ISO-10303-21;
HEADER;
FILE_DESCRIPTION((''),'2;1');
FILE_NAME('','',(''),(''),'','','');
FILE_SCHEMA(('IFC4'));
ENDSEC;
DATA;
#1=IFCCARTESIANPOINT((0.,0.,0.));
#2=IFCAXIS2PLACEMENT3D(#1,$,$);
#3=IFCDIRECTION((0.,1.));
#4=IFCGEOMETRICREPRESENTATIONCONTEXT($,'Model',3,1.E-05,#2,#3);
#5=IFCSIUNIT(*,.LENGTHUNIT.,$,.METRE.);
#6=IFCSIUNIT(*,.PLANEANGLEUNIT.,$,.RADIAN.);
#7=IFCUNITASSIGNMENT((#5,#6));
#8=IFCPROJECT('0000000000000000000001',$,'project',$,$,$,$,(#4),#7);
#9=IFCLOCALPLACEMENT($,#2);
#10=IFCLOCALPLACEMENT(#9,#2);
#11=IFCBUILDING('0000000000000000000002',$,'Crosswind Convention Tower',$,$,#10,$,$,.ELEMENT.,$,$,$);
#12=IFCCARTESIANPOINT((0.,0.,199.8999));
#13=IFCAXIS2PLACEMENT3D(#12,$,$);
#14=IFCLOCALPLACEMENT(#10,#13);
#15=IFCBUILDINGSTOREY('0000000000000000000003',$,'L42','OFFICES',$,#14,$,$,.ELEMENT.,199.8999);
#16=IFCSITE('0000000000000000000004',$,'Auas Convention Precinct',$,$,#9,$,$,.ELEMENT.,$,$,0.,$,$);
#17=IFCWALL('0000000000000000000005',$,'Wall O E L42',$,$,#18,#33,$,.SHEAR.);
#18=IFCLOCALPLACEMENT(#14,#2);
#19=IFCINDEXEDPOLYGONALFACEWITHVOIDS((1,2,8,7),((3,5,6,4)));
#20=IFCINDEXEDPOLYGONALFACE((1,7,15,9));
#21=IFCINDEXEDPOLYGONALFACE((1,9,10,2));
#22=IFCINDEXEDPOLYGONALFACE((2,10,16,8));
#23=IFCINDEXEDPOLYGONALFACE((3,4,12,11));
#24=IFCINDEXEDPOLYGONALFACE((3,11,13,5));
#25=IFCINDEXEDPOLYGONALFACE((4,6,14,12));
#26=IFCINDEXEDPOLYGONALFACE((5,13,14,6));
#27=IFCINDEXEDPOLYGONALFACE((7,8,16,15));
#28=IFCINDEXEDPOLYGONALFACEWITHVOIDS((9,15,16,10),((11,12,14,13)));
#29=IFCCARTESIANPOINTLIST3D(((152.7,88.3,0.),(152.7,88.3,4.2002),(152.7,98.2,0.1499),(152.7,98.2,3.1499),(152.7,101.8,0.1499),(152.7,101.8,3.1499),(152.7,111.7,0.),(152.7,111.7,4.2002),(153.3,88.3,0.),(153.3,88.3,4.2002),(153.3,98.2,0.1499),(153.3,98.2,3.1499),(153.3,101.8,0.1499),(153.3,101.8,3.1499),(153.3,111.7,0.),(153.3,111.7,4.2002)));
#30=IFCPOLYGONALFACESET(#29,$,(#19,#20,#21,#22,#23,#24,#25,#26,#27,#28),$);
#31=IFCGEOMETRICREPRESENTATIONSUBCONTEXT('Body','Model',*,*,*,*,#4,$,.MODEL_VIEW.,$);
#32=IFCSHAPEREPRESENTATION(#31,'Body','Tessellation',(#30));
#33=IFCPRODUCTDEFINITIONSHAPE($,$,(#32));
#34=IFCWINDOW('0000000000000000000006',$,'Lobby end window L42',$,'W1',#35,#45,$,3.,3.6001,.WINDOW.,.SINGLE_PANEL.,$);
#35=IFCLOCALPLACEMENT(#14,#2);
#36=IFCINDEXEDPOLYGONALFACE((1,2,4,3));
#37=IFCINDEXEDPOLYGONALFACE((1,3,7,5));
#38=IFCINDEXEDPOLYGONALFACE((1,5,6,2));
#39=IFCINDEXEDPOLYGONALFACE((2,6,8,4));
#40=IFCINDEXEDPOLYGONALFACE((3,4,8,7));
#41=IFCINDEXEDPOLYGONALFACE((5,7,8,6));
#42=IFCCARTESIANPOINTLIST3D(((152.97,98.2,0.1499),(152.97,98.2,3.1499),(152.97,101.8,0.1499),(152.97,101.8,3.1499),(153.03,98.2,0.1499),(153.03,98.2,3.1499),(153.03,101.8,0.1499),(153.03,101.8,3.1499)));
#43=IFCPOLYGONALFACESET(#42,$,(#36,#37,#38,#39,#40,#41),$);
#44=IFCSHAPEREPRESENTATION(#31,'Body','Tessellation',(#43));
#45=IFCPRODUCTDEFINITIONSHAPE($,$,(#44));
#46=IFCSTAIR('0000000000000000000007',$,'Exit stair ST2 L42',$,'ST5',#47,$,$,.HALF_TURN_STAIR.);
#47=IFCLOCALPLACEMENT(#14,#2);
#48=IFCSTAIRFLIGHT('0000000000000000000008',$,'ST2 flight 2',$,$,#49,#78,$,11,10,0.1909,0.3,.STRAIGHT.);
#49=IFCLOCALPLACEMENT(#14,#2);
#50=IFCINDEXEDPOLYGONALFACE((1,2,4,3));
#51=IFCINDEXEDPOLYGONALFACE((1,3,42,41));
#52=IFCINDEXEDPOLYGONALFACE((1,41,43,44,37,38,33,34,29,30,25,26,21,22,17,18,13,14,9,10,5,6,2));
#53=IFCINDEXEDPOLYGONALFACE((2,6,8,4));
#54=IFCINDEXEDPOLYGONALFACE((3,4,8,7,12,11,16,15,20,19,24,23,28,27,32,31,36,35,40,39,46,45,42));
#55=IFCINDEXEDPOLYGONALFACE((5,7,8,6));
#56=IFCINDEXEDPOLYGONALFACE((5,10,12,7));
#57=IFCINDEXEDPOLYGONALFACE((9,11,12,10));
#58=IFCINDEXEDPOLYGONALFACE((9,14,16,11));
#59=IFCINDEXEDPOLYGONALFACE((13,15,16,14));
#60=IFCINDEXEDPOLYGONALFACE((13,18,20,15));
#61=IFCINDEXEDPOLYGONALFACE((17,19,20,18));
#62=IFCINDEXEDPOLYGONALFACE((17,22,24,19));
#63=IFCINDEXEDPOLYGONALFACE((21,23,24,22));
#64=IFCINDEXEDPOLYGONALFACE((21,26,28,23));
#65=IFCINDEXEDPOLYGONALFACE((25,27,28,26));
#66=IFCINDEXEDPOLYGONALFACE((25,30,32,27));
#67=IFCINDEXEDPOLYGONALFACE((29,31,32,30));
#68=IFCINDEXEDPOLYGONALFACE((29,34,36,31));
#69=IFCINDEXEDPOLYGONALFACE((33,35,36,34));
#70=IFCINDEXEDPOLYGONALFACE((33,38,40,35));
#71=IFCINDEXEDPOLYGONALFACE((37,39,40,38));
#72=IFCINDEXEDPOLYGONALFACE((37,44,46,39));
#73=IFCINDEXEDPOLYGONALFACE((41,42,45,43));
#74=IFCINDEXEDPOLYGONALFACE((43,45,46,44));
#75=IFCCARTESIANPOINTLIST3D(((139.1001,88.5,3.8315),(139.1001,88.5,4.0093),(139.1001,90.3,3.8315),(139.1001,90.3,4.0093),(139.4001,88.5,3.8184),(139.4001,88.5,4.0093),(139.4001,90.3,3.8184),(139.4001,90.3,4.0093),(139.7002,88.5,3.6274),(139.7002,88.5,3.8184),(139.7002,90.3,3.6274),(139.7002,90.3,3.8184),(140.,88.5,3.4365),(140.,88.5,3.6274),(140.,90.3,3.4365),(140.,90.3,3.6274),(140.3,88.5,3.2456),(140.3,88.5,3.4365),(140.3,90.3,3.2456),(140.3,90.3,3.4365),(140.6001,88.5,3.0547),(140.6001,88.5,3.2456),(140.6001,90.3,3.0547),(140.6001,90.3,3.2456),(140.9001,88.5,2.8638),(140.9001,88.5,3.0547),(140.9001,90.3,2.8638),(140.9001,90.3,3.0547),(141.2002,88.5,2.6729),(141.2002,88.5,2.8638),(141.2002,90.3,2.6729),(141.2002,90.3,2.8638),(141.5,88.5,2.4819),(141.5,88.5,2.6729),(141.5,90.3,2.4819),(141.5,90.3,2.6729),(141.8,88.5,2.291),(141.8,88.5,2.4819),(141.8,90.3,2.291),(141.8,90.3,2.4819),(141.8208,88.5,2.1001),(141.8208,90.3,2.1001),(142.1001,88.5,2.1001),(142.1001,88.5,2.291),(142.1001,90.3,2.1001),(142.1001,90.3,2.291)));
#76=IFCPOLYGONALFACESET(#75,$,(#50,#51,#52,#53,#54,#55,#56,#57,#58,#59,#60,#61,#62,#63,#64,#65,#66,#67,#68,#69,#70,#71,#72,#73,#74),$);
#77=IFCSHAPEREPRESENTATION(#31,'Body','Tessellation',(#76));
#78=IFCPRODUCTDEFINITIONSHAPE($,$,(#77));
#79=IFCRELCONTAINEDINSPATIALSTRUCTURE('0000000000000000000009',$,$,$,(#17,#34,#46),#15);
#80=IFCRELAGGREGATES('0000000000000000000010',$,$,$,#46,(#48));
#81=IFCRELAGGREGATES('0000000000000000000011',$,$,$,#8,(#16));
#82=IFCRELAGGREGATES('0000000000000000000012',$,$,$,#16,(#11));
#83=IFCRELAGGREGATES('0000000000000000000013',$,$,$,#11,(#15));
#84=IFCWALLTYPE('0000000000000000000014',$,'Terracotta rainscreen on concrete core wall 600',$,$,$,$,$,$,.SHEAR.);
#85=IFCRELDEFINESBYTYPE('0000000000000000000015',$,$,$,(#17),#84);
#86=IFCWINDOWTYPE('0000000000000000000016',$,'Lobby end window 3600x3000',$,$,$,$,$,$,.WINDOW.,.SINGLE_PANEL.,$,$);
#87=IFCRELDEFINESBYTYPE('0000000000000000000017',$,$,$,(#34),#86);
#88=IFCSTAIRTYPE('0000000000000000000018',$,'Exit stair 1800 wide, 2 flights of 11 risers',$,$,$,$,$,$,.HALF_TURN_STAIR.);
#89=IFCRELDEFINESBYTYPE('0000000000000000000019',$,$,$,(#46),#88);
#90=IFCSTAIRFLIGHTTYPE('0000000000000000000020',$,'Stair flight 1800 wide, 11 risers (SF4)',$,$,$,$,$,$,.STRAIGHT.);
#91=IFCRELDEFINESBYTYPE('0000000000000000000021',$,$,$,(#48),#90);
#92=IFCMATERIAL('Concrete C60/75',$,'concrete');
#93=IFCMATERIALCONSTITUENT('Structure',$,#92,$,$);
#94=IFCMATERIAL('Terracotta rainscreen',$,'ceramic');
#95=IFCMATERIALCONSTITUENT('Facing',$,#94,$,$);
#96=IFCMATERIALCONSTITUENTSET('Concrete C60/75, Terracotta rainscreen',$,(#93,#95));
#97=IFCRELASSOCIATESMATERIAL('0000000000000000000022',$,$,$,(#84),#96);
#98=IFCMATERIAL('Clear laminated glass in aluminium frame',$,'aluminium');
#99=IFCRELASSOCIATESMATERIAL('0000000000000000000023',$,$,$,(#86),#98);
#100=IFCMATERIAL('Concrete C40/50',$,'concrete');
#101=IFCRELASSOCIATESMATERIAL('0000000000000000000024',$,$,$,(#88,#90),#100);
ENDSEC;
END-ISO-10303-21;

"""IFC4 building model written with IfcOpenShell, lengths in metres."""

from ifc_helpers import new_model, si_unit, direction, frame, frame_2d, origin, place, context, subcontext, project, spatial, polyline, rectangle, outline, extrude, material, constituent, constituent_set, type_object, element, fill, aggregate, save


model = new_model("IFC4")

# Units and contexts
model_context = context("Model", 3, precision=1e-05, world=origin(), true_north=direction((0.0, 1.0)))
body_context = subcontext(model_context, "Body", "Model", "MODEL_VIEW")
ifc_project = project(units=[si_unit("LENGTHUNIT", "METRE"), si_unit("PLANEANGLEUNIT", "RADIAN")], contexts=[model_context])

# Site, building, storey
site_placement = place(None, origin())
site = spatial("IfcSite", under=ifc_project, at=site_placement, Name="Auas Convention Precinct", CompositionType="ELEMENT", RefElevation=0.0)
building_placement = place(site_placement, origin())
building = spatial("IfcBuilding", under=site, at=building_placement, Name="Crosswind Convention Tower", CompositionType="ELEMENT")
storey_placement = place(building_placement, frame((0.0, 0.0, 199.8999)))
storey = spatial("IfcBuildingStorey", under=building, at=storey_placement, Name="L42", Description="OFFICES", CompositionType="ELEMENT", Elevation=199.8999)

# Wall, opening, window
ifc_material_1 = material(Name="Concrete C60/75", Category="concrete")
ifc_constituent_1 = constituent(ifc_material_1, Name="Structure")
ifc_material_2 = material(Name="Terracotta rainscreen", Category="ceramic")
ifc_constituent_2 = constituent(ifc_material_2, Name="Facing")
ifc_constituent_set = constituent_set(constituents=[ifc_constituent_1, ifc_constituent_2], Name="Concrete C60/75, Terracotta rainscreen")
wall_type_1 = type_object("IfcWallType", Name="Terracotta rainscreen on concrete core wall 600", PredefinedType="SHEAR", material=ifc_constituent_set)
wall_1_placement = place(storey_placement, frame((153.0, 88.3, 0.0), z_axis=(0.0, 0.0, 1.0), x_axis=(0.0, 1.0, 0.0)))
wall_1 = element("IfcWall", 1, at=wall_1_placement, inside=storey, type_object=wall_type_1, Name="Wall O E L42", PredefinedType="SHEAR", context=body_context, shape_type="SweptSolid", body=[
    extrude(rectangle(XDim=23.3999, YDim=0.6001, at=frame_2d((11.7, 0.0))), origin(), (0.0, 0.0, 1.0), 4.2002),
])
opening_1_placement = place(wall_1_placement, frame((9.8999, 0.0, 0.1499)))
opening_1 = element("IfcOpeningElement", 2, at=opening_1_placement, cuts=wall_1, PredefinedType="OPENING", context=body_context, shape_type="SweptSolid", body=[
    extrude(rectangle(XDim=3.6001, YDim=3.0, at=frame_2d((1.8, 1.5))), frame((0.0, 0.3101, 0.0), z_axis=(0.0, -1.0, 0.0), x_axis=(1.0, 0.0, 0.0)), (0.0, 0.0, 1.0), 0.6201),
])
ifc_material_3 = material(Name="Clear laminated glass in aluminium frame", Category="aluminium")
window_type = type_object("IfcWindowType", Name="Lobby end window 3600x3000", PartitioningType="SINGLE_PANEL", PredefinedType="WINDOW", material=ifc_material_3)
window_placement = place(opening_1_placement, origin())
window = element("IfcWindow", 3, at=window_placement, inside=storey, type_object=window_type, Name="Lobby end window L42", ObjectType="W1", OverallHeight=3.0, OverallWidth=3.6001, PartitioningType="SINGLE_PANEL", PredefinedType="WINDOW", context=body_context, shape_type="SweptSolid", body=[
    extrude(rectangle(XDim=3.6001, YDim=3.0, at=frame_2d((1.8, 1.5))), frame((0.0, 0.03, 0.0), z_axis=(0.0, -1.0, 0.0), x_axis=(1.0, 0.0, 0.0)), (0.0, 0.0, 1.0), 0.0601),
])
fill(opening_1, window)

# Stair, stair flight
ifc_material_4 = material(Name="Concrete C40/50", Category="concrete")
stair_type = type_object("IfcStairType", Name="Exit stair 1800 wide, 2 flights of 11 risers", PredefinedType="HALF_TURN_STAIR", material=ifc_material_4)
stair_placement = place(storey_placement, origin())
stair = element("IfcStair", 4, at=stair_placement, inside=storey, type_object=stair_type, Name="Exit stair ST2 L42", ObjectType="ST5", PredefinedType="HALF_TURN_STAIR")
stair_flight_type = type_object("IfcStairFlightType", Name="Stair flight 1800 wide, 11 risers (SF4)", PredefinedType="STRAIGHT", material=ifc_material_4)
stair_flight_placement = place(storey_placement, frame((142.1001, 89.3999, 2.1001), z_axis=(0.0, 0.0, 1.0), x_axis=(-1.0, 0.0, 0.0)))
stair_flight = element("IfcStairFlight", 5, at=stair_flight_placement, type_object=stair_flight_type, Name="ST2 flight 2", NumberOfRisers=11, NumberOfTreads=10, PredefinedType="STRAIGHT", RiserHeight=0.1909, TreadLength=0.3, context=body_context, shape_type="SweptSolid", body=[
    extrude(outline(polyline([(0.0, 0.0), (0.0, 0.1909), (0.3, 0.1909), (0.3, 0.3818), (0.6001, 0.3818), (0.6001, 0.5728), (0.8999, 0.5728), (0.8999, 0.7637), (1.2, 0.7637), (1.2, 0.9546), (1.5, 0.9546), (1.5, 1.1455), (1.8, 1.1455), (1.8, 1.3364), (2.1001, 1.3364), (2.1001, 1.5273), (2.3999, 1.5273), (2.3999, 1.7183), (2.7, 1.7183), (2.7, 1.9092), (3.0, 1.9092), (3.0, 2.1001), (3.0, 1.7314), (0.2793, 0.0), (0.0, 0.0)])), frame((0.0, 0.8999, 0.0), z_axis=(0.0, -1.0, 0.0), x_axis=(1.0, 0.0, 0.0)), (0.0, 0.0, 1.0), 1.8),
])
aggregate(stair, [stair_flight])

save(model, "model.ifc")
